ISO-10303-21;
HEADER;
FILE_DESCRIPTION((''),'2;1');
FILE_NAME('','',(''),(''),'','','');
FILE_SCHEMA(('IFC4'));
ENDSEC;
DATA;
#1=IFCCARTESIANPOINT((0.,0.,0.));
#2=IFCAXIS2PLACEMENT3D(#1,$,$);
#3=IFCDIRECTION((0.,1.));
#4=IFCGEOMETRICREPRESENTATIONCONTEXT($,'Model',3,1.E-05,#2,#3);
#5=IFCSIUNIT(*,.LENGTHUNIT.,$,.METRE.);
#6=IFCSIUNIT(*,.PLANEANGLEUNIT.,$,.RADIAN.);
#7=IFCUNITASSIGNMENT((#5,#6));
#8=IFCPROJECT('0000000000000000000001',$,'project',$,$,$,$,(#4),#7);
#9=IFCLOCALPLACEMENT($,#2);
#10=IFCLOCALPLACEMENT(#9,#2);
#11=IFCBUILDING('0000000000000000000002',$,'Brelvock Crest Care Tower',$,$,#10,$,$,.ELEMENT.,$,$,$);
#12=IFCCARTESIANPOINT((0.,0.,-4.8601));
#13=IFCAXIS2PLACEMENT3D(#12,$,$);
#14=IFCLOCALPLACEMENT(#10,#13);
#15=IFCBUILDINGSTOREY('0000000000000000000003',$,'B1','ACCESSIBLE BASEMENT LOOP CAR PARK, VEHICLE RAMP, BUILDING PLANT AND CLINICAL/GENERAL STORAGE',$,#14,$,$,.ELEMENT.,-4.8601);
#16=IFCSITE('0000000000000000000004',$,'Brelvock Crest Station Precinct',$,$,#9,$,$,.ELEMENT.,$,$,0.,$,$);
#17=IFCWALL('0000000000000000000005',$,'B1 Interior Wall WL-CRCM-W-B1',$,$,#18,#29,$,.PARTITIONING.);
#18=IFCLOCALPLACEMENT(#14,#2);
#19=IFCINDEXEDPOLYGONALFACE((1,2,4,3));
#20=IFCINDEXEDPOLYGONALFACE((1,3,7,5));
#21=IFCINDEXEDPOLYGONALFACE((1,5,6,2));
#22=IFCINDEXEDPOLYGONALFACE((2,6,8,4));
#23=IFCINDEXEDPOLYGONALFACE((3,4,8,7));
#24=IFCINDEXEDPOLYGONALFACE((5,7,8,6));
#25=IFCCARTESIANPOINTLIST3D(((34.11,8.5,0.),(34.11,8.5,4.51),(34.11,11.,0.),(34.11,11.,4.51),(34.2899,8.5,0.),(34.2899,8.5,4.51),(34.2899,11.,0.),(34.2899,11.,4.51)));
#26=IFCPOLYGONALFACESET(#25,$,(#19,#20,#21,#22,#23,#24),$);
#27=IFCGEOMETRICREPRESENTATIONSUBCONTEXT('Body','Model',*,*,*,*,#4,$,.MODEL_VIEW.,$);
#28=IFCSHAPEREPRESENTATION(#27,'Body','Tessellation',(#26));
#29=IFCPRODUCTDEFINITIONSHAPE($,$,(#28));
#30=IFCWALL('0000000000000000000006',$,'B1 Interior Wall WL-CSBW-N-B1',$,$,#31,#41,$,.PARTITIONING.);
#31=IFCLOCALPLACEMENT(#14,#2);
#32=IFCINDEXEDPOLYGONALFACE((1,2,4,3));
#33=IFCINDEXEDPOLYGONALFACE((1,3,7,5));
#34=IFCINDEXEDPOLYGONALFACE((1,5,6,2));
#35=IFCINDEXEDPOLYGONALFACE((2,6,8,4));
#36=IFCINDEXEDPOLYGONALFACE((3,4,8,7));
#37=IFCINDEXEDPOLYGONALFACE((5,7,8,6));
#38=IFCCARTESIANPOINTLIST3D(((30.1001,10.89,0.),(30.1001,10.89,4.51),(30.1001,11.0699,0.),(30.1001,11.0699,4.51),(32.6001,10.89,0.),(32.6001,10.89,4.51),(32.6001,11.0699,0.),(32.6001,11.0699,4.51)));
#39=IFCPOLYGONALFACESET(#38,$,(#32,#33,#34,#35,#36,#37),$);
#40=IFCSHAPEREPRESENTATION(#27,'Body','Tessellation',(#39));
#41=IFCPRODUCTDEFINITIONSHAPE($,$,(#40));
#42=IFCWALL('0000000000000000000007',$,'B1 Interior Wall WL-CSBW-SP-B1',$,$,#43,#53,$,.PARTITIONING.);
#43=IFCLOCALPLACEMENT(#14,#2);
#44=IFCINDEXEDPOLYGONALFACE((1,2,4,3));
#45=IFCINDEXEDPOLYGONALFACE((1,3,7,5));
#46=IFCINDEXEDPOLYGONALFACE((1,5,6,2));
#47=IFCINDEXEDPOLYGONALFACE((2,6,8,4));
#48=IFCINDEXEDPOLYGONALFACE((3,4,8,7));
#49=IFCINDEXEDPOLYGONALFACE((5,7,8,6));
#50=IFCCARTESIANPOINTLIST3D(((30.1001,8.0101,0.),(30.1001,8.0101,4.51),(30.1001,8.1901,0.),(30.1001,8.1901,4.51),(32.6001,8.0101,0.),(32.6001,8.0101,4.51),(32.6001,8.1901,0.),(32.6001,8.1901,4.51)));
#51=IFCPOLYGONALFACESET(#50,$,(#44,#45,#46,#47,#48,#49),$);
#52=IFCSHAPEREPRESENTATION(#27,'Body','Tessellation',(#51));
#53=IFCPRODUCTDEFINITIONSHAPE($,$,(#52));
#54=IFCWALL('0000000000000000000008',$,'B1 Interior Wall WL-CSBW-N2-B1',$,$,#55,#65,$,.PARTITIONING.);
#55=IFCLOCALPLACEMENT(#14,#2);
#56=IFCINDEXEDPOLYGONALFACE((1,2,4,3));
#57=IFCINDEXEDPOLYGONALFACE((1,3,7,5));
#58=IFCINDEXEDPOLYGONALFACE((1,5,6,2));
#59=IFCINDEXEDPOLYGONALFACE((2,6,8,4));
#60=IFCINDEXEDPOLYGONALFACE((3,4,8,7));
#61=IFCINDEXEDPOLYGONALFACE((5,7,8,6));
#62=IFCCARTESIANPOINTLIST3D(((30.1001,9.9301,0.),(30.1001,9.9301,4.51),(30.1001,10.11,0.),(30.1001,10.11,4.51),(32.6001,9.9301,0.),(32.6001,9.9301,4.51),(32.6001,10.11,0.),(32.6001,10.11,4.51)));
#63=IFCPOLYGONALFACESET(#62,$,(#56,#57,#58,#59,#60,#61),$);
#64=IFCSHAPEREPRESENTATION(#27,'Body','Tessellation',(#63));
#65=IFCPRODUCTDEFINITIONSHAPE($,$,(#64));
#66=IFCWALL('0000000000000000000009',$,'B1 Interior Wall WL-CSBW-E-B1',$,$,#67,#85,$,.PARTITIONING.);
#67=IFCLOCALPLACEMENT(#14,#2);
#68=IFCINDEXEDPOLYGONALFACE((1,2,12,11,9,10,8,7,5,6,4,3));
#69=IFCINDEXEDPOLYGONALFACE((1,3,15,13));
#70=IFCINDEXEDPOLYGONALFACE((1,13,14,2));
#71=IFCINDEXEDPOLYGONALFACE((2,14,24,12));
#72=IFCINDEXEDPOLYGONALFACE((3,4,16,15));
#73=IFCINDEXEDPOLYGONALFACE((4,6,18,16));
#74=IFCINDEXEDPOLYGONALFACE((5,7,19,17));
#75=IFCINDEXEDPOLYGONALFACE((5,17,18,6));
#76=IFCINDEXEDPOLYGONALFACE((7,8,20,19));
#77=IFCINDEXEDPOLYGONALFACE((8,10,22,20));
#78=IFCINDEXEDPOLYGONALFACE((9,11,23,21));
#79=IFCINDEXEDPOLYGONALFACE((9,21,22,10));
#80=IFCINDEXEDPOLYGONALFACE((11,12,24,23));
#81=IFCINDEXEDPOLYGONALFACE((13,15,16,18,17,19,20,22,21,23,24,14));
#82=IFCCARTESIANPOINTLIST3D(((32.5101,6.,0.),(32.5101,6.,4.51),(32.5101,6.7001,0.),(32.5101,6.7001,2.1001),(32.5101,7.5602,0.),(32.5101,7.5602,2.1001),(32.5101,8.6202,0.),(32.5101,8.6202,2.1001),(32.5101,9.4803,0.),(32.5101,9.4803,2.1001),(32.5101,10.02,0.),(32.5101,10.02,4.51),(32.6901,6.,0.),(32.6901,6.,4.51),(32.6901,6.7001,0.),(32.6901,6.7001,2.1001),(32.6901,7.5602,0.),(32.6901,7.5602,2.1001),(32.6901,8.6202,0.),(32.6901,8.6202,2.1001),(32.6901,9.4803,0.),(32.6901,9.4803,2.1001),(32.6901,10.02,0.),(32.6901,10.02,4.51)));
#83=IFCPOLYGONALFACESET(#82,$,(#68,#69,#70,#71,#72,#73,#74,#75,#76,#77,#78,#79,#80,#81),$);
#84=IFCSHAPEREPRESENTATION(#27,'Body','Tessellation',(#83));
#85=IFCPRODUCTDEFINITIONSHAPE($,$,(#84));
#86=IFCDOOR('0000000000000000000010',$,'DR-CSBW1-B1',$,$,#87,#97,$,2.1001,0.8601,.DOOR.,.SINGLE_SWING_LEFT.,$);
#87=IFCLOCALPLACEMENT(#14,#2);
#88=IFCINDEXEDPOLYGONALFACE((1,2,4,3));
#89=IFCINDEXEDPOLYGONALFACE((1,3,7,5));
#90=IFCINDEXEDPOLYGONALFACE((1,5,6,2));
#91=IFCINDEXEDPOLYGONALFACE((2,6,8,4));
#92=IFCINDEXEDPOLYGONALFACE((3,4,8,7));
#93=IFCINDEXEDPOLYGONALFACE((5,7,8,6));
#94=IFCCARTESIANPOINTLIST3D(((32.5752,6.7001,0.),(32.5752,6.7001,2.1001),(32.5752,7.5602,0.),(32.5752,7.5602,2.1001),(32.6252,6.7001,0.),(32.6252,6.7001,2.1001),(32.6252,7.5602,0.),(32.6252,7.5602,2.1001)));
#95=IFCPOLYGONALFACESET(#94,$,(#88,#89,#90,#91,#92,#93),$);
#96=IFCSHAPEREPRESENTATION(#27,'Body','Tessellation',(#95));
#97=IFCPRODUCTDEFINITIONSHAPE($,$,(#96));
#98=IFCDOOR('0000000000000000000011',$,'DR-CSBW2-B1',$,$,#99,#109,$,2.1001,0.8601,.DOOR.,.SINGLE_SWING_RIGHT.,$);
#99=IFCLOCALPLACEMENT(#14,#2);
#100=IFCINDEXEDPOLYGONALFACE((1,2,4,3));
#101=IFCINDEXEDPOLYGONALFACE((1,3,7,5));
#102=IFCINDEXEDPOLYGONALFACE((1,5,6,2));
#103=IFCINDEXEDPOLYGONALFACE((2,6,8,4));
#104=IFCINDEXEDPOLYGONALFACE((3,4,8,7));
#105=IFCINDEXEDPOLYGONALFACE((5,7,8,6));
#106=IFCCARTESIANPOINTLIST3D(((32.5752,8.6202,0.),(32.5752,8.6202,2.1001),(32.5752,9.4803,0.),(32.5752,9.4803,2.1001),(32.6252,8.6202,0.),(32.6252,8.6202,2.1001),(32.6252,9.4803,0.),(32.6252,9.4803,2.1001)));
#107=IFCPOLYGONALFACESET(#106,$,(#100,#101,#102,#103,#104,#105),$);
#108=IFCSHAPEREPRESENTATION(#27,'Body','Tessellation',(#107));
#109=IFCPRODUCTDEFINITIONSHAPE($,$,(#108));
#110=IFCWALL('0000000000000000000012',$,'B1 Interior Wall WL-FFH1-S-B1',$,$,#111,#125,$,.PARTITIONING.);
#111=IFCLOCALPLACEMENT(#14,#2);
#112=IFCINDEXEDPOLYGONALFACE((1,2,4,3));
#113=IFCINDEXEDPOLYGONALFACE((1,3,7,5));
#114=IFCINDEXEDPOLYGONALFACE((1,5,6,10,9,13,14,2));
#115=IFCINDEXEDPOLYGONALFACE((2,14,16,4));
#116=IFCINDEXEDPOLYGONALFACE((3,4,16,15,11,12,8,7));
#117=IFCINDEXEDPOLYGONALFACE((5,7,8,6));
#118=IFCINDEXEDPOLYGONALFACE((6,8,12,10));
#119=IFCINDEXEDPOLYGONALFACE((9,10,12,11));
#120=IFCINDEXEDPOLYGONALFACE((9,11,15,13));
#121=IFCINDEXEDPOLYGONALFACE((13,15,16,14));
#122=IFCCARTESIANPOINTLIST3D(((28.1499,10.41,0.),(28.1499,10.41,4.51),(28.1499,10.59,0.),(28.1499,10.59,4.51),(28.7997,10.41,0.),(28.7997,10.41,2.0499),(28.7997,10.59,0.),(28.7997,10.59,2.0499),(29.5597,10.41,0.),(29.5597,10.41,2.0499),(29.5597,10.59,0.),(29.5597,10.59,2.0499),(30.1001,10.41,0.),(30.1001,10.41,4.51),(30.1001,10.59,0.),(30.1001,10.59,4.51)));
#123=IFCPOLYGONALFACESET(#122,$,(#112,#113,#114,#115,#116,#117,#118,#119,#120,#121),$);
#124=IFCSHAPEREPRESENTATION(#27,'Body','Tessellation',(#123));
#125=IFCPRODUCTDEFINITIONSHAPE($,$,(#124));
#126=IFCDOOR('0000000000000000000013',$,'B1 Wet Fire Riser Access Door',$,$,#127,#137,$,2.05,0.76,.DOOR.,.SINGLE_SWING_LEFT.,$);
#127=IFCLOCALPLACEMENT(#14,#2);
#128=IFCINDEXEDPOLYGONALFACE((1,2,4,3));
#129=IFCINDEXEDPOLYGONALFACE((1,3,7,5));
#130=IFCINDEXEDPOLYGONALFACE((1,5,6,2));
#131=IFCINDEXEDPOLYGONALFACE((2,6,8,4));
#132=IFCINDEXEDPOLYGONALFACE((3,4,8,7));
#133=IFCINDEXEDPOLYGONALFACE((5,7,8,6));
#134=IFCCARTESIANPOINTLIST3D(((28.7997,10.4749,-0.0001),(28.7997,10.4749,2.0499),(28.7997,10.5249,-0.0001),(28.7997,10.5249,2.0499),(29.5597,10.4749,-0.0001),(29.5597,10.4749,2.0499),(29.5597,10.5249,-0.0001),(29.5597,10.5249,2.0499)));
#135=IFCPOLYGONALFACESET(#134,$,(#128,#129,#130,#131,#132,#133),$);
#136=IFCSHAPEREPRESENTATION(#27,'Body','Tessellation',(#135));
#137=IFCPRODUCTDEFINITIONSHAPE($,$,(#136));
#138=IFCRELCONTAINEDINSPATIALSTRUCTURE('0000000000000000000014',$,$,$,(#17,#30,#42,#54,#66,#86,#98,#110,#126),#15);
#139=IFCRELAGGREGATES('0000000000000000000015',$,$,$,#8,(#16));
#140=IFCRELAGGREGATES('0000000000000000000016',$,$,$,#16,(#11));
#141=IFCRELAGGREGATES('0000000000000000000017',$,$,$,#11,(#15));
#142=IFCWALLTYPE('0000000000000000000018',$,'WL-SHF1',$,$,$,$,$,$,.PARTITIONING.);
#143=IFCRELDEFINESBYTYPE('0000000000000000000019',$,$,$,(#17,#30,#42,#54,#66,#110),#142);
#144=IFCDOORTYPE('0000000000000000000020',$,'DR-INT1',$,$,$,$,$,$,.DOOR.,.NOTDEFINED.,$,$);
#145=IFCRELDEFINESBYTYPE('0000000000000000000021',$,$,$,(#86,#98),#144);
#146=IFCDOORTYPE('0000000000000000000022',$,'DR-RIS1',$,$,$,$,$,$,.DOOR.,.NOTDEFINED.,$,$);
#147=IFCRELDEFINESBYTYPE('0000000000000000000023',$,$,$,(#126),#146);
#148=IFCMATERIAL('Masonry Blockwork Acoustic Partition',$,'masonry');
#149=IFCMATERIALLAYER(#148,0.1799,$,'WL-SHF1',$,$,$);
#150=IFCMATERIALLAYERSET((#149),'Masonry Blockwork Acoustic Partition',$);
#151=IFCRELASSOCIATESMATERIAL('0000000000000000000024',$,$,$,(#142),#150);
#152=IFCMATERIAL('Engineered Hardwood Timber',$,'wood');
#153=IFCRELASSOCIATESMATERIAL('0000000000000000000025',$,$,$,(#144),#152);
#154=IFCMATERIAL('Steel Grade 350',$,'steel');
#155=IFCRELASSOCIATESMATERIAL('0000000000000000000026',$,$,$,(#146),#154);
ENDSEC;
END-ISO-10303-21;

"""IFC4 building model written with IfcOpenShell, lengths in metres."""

from ifc_helpers import new_model, si_unit, direction, frame, frame_2d, origin, origin_2d, place, context, subcontext, project, spatial, rectangle, extrude, source, transform, mapped, material, layer, layer_set, type_object, element, fill, save


model = new_model("IFC4")

# Units and contexts
model_context = context("Model", 3, precision=1e-05, world=origin(), true_north=direction((0.0, 1.0)))
body_context = subcontext(model_context, "Body", "Model", "MODEL_VIEW")
ifc_project = project(units=[si_unit("LENGTHUNIT", "METRE"), si_unit("PLANEANGLEUNIT", "RADIAN")], contexts=[model_context])

# Site, building, storey
site_placement = place(None, origin())
site = spatial("IfcSite", under=ifc_project, at=site_placement, Name="Brelvock Crest Station Precinct", CompositionType="ELEMENT", RefElevation=0.0)
building_placement = place(site_placement, origin())
building = spatial("IfcBuilding", under=site, at=building_placement, Name="Brelvock Crest Care Tower", CompositionType="ELEMENT")
storey_placement = place(building_placement, frame((0.0, 0.0, -4.8601)))
storey = spatial("IfcBuildingStorey", under=building, at=storey_placement, Name="B1", Description="ACCESSIBLE BASEMENT LOOP CAR PARK, VEHICLE RAMP, BUILDING PLANT AND CLINICAL/GENERAL STORAGE", CompositionType="ELEMENT", Elevation=-4.8601)

# Shared definitions
ifc_material_1 = material(Name="Steel Grade 350", Category="steel")

# Shared definitions
ifc_material_2 = material(Name="Masonry Blockwork Acoustic Partition", Category="masonry")
ifc_layer_1 = layer(ifc_material_2, 0.1799, Name="WL-SHF1")
ifc_layer_set_1 = layer_set([ifc_layer_1], Name="Masonry Blockwork Acoustic Partition")
wall_type_1 = type_object("IfcWallType", Name="WL-SHF1", PredefinedType="PARTITIONING", material=ifc_layer_set_1)

# Walls
for number, where, z_axis, x_axis, name in (
    (1, (34.2, 8.5, 0.0), (0.0, 0.0, 1.0), (0.0, 1.0, 0.0), "B1 Interior Wall WL-CRCM-W-B1"),
    (2, (30.1001, 10.98, 0.0), (0.0, 0.0, 1.0), (1.0, 0.0, 0.0), "B1 Interior Wall WL-CSBW-N-B1"),
    (3, (30.1001, 8.1001, 0.0), (0.0, 0.0, 1.0), (1.0, 0.0, 0.0), "B1 Interior Wall WL-CSBW-SP-B1"),
    (4, (30.1001, 10.02, 0.0), (0.0, 0.0, 1.0), (1.0, 0.0, 0.0), "B1 Interior Wall WL-CSBW-N2-B1"),
):
    element("IfcWall", number, at=place(storey_placement, frame(where, z_axis=z_axis, x_axis=x_axis)), inside=storey, type_object=wall_type_1, Name=name, PredefinedType="PARTITIONING", context=body_context, shape_type="SweptSolid", body=[
        extrude(rectangle(XDim=2.5, YDim=0.1799, at=frame_2d((1.25, 0.0))), origin(), (0.0, 0.0, 1.0), 4.51),
    ])

# Wall, openings, doors
wall_1_placement = place(storey_placement, frame((32.6001, 6.0, 0.0), z_axis=(0.0, 0.0, 1.0), x_axis=(0.0, 1.0, 0.0)))
wall_1 = element("IfcWall", 5, at=wall_1_placement, inside=storey, type_object=wall_type_1, Name="B1 Interior Wall WL-CSBW-E-B1", PredefinedType="PARTITIONING", context=body_context, shape_type="SweptSolid", body=[
    extrude(rectangle(XDim=4.02, YDim=0.1799, at=frame_2d((2.01, 0.0))), origin(), (0.0, 0.0, 1.0), 4.51),
])
opening_1_placement = place(wall_1_placement, frame((0.7, 0.0, 0.0)))
opening_1 = element("IfcOpeningElement", 6, at=opening_1_placement, cuts=wall_1, PredefinedType="OPENING", context=body_context, shape_type="SweptSolid", body=[
    extrude(rectangle(XDim=0.8601, YDim=2.1001, at=origin_2d()), frame((0.4302, 0.1001, 1.05), z_axis=(0.0, -1.0, 0.0), x_axis=(1.0, 0.0, 0.0)), (0.0, 0.0, 1.0), 0.2),
])
opening_2_placement = place(wall_1_placement, frame((2.6201, 0.0, 0.0)))
opening_2 = element("IfcOpeningElement", 7, at=opening_2_placement, cuts=wall_1, PredefinedType="OPENING", context=body_context, shape_type="SweptSolid", body=[
    extrude(rectangle(XDim=0.8601, YDim=2.1001, at=origin_2d()), frame((0.4302, 0.1001, 1.05), z_axis=(0.0, -1.0, 0.0), x_axis=(1.0, 0.0, 0.0)), (0.0, 0.0, 1.0), 0.2),
])
ifc_material_3 = material(Name="Engineered Hardwood Timber", Category="wood")
door_type_1 = type_object("IfcDoorType", Name="DR-INT1", OperationType="NOTDEFINED", PredefinedType="DOOR", material=ifc_material_3)
shared_shape_1 = source(origin(), body_context, "Body", "SweptSolid", [
    extrude(rectangle(XDim=0.8601, YDim=2.1001, at=origin_2d()), frame((0.4302, 0.0249, 1.05), z_axis=(0.0, -1.0, 0.0), x_axis=(1.0, 0.0, 0.0)), (0.0, 0.0, 1.0), 0.05),
])
door_1_placement = place(opening_1_placement, origin())
door_1 = element("IfcDoor", 8, at=door_1_placement, inside=storey, type_object=door_type_1, Name="DR-CSBW1-B1", OperationType="SINGLE_SWING_LEFT", OverallHeight=2.1001, OverallWidth=0.8601, PredefinedType="DOOR", context=body_context, shape_type="MappedRepresentation", body=[
    mapped(shared_shape_1, transform((0.0, 0.0, 0.0), x_axis=(1.0, 0.0, 0.0), y_axis=(0.0, 1.0, 0.0), z_axis=(0.0, 0.0, 1.0), scale=1.0)),
])
fill(opening_1, door_1)
door_2_placement = place(opening_2_placement, origin())
door_2 = element("IfcDoor", 9, at=door_2_placement, inside=storey, type_object=door_type_1, Name="DR-CSBW2-B1", OperationType="SINGLE_SWING_RIGHT", OverallHeight=2.1001, OverallWidth=0.8601, PredefinedType="DOOR", context=body_context, shape_type="MappedRepresentation", body=[
    mapped(shared_shape_1, transform((0.0, 0.0, 0.0), x_axis=(1.0, 0.0, 0.0), y_axis=(0.0, 1.0, 0.0), z_axis=(0.0, 0.0, 1.0), scale=1.0)),
])
fill(opening_2, door_2)

# Wall, opening, door
wall_2_placement = place(storey_placement, frame((28.1499, 10.5, 0.0), z_axis=(0.0, 0.0, 1.0), x_axis=(1.0, 0.0, 0.0)))
wall_2 = element("IfcWall", 10, at=wall_2_placement, inside=storey, type_object=wall_type_1, Name="B1 Interior Wall WL-FFH1-S-B1", PredefinedType="PARTITIONING", context=body_context, shape_type="SweptSolid", body=[
    extrude(rectangle(XDim=1.9502, YDim=0.1799, at=frame_2d((0.9751, 0.0))), origin(), (0.0, 0.0, 1.0), 4.51),
])
opening_3_placement = place(wall_2_placement, frame((0.6499, 0.0, 0.0)))
opening_3 = element("IfcOpeningElement", 11, at=opening_3_placement, cuts=wall_2, PredefinedType="OPENING", context=body_context, shape_type="SweptSolid", body=[
    extrude(rectangle(XDim=0.76, YDim=2.05, at=origin_2d()), frame((0.3799, 0.1001, 1.0249), z_axis=(0.0, -1.0, 0.0), x_axis=(1.0, 0.0, 0.0)), (0.0, 0.0, 1.0), 0.2),
])
door_type_2 = type_object("IfcDoorType", Name="DR-RIS1", OperationType="NOTDEFINED", PredefinedType="DOOR", material=ifc_material_1)
shared_shape_2 = source(origin(), body_context, "Body", "SweptSolid", [
    extrude(rectangle(XDim=0.76, YDim=2.05, at=origin_2d()), frame((0.3799, 0.0249, 1.0249), z_axis=(0.0, -1.0, 0.0), x_axis=(1.0, 0.0, 0.0)), (0.0, 0.0, 1.0), 0.05),
])
door_3_placement = place(opening_3_placement, origin())
door_3 = element("IfcDoor", 12, at=door_3_placement, inside=storey, type_object=door_type_2, Name="B1 Wet Fire Riser Access Door", OperationType="SINGLE_SWING_LEFT", OverallHeight=2.05, OverallWidth=0.76, PredefinedType="DOOR", context=body_context, shape_type="MappedRepresentation", body=[
    mapped(shared_shape_2, transform((0.0, 0.0, 0.0), x_axis=(1.0, 0.0, 0.0), y_axis=(0.0, 1.0, 0.0), z_axis=(0.0, 0.0, 1.0), scale=1.0)),
])
fill(opening_3, door_3)

save(model, "model.ifc")
